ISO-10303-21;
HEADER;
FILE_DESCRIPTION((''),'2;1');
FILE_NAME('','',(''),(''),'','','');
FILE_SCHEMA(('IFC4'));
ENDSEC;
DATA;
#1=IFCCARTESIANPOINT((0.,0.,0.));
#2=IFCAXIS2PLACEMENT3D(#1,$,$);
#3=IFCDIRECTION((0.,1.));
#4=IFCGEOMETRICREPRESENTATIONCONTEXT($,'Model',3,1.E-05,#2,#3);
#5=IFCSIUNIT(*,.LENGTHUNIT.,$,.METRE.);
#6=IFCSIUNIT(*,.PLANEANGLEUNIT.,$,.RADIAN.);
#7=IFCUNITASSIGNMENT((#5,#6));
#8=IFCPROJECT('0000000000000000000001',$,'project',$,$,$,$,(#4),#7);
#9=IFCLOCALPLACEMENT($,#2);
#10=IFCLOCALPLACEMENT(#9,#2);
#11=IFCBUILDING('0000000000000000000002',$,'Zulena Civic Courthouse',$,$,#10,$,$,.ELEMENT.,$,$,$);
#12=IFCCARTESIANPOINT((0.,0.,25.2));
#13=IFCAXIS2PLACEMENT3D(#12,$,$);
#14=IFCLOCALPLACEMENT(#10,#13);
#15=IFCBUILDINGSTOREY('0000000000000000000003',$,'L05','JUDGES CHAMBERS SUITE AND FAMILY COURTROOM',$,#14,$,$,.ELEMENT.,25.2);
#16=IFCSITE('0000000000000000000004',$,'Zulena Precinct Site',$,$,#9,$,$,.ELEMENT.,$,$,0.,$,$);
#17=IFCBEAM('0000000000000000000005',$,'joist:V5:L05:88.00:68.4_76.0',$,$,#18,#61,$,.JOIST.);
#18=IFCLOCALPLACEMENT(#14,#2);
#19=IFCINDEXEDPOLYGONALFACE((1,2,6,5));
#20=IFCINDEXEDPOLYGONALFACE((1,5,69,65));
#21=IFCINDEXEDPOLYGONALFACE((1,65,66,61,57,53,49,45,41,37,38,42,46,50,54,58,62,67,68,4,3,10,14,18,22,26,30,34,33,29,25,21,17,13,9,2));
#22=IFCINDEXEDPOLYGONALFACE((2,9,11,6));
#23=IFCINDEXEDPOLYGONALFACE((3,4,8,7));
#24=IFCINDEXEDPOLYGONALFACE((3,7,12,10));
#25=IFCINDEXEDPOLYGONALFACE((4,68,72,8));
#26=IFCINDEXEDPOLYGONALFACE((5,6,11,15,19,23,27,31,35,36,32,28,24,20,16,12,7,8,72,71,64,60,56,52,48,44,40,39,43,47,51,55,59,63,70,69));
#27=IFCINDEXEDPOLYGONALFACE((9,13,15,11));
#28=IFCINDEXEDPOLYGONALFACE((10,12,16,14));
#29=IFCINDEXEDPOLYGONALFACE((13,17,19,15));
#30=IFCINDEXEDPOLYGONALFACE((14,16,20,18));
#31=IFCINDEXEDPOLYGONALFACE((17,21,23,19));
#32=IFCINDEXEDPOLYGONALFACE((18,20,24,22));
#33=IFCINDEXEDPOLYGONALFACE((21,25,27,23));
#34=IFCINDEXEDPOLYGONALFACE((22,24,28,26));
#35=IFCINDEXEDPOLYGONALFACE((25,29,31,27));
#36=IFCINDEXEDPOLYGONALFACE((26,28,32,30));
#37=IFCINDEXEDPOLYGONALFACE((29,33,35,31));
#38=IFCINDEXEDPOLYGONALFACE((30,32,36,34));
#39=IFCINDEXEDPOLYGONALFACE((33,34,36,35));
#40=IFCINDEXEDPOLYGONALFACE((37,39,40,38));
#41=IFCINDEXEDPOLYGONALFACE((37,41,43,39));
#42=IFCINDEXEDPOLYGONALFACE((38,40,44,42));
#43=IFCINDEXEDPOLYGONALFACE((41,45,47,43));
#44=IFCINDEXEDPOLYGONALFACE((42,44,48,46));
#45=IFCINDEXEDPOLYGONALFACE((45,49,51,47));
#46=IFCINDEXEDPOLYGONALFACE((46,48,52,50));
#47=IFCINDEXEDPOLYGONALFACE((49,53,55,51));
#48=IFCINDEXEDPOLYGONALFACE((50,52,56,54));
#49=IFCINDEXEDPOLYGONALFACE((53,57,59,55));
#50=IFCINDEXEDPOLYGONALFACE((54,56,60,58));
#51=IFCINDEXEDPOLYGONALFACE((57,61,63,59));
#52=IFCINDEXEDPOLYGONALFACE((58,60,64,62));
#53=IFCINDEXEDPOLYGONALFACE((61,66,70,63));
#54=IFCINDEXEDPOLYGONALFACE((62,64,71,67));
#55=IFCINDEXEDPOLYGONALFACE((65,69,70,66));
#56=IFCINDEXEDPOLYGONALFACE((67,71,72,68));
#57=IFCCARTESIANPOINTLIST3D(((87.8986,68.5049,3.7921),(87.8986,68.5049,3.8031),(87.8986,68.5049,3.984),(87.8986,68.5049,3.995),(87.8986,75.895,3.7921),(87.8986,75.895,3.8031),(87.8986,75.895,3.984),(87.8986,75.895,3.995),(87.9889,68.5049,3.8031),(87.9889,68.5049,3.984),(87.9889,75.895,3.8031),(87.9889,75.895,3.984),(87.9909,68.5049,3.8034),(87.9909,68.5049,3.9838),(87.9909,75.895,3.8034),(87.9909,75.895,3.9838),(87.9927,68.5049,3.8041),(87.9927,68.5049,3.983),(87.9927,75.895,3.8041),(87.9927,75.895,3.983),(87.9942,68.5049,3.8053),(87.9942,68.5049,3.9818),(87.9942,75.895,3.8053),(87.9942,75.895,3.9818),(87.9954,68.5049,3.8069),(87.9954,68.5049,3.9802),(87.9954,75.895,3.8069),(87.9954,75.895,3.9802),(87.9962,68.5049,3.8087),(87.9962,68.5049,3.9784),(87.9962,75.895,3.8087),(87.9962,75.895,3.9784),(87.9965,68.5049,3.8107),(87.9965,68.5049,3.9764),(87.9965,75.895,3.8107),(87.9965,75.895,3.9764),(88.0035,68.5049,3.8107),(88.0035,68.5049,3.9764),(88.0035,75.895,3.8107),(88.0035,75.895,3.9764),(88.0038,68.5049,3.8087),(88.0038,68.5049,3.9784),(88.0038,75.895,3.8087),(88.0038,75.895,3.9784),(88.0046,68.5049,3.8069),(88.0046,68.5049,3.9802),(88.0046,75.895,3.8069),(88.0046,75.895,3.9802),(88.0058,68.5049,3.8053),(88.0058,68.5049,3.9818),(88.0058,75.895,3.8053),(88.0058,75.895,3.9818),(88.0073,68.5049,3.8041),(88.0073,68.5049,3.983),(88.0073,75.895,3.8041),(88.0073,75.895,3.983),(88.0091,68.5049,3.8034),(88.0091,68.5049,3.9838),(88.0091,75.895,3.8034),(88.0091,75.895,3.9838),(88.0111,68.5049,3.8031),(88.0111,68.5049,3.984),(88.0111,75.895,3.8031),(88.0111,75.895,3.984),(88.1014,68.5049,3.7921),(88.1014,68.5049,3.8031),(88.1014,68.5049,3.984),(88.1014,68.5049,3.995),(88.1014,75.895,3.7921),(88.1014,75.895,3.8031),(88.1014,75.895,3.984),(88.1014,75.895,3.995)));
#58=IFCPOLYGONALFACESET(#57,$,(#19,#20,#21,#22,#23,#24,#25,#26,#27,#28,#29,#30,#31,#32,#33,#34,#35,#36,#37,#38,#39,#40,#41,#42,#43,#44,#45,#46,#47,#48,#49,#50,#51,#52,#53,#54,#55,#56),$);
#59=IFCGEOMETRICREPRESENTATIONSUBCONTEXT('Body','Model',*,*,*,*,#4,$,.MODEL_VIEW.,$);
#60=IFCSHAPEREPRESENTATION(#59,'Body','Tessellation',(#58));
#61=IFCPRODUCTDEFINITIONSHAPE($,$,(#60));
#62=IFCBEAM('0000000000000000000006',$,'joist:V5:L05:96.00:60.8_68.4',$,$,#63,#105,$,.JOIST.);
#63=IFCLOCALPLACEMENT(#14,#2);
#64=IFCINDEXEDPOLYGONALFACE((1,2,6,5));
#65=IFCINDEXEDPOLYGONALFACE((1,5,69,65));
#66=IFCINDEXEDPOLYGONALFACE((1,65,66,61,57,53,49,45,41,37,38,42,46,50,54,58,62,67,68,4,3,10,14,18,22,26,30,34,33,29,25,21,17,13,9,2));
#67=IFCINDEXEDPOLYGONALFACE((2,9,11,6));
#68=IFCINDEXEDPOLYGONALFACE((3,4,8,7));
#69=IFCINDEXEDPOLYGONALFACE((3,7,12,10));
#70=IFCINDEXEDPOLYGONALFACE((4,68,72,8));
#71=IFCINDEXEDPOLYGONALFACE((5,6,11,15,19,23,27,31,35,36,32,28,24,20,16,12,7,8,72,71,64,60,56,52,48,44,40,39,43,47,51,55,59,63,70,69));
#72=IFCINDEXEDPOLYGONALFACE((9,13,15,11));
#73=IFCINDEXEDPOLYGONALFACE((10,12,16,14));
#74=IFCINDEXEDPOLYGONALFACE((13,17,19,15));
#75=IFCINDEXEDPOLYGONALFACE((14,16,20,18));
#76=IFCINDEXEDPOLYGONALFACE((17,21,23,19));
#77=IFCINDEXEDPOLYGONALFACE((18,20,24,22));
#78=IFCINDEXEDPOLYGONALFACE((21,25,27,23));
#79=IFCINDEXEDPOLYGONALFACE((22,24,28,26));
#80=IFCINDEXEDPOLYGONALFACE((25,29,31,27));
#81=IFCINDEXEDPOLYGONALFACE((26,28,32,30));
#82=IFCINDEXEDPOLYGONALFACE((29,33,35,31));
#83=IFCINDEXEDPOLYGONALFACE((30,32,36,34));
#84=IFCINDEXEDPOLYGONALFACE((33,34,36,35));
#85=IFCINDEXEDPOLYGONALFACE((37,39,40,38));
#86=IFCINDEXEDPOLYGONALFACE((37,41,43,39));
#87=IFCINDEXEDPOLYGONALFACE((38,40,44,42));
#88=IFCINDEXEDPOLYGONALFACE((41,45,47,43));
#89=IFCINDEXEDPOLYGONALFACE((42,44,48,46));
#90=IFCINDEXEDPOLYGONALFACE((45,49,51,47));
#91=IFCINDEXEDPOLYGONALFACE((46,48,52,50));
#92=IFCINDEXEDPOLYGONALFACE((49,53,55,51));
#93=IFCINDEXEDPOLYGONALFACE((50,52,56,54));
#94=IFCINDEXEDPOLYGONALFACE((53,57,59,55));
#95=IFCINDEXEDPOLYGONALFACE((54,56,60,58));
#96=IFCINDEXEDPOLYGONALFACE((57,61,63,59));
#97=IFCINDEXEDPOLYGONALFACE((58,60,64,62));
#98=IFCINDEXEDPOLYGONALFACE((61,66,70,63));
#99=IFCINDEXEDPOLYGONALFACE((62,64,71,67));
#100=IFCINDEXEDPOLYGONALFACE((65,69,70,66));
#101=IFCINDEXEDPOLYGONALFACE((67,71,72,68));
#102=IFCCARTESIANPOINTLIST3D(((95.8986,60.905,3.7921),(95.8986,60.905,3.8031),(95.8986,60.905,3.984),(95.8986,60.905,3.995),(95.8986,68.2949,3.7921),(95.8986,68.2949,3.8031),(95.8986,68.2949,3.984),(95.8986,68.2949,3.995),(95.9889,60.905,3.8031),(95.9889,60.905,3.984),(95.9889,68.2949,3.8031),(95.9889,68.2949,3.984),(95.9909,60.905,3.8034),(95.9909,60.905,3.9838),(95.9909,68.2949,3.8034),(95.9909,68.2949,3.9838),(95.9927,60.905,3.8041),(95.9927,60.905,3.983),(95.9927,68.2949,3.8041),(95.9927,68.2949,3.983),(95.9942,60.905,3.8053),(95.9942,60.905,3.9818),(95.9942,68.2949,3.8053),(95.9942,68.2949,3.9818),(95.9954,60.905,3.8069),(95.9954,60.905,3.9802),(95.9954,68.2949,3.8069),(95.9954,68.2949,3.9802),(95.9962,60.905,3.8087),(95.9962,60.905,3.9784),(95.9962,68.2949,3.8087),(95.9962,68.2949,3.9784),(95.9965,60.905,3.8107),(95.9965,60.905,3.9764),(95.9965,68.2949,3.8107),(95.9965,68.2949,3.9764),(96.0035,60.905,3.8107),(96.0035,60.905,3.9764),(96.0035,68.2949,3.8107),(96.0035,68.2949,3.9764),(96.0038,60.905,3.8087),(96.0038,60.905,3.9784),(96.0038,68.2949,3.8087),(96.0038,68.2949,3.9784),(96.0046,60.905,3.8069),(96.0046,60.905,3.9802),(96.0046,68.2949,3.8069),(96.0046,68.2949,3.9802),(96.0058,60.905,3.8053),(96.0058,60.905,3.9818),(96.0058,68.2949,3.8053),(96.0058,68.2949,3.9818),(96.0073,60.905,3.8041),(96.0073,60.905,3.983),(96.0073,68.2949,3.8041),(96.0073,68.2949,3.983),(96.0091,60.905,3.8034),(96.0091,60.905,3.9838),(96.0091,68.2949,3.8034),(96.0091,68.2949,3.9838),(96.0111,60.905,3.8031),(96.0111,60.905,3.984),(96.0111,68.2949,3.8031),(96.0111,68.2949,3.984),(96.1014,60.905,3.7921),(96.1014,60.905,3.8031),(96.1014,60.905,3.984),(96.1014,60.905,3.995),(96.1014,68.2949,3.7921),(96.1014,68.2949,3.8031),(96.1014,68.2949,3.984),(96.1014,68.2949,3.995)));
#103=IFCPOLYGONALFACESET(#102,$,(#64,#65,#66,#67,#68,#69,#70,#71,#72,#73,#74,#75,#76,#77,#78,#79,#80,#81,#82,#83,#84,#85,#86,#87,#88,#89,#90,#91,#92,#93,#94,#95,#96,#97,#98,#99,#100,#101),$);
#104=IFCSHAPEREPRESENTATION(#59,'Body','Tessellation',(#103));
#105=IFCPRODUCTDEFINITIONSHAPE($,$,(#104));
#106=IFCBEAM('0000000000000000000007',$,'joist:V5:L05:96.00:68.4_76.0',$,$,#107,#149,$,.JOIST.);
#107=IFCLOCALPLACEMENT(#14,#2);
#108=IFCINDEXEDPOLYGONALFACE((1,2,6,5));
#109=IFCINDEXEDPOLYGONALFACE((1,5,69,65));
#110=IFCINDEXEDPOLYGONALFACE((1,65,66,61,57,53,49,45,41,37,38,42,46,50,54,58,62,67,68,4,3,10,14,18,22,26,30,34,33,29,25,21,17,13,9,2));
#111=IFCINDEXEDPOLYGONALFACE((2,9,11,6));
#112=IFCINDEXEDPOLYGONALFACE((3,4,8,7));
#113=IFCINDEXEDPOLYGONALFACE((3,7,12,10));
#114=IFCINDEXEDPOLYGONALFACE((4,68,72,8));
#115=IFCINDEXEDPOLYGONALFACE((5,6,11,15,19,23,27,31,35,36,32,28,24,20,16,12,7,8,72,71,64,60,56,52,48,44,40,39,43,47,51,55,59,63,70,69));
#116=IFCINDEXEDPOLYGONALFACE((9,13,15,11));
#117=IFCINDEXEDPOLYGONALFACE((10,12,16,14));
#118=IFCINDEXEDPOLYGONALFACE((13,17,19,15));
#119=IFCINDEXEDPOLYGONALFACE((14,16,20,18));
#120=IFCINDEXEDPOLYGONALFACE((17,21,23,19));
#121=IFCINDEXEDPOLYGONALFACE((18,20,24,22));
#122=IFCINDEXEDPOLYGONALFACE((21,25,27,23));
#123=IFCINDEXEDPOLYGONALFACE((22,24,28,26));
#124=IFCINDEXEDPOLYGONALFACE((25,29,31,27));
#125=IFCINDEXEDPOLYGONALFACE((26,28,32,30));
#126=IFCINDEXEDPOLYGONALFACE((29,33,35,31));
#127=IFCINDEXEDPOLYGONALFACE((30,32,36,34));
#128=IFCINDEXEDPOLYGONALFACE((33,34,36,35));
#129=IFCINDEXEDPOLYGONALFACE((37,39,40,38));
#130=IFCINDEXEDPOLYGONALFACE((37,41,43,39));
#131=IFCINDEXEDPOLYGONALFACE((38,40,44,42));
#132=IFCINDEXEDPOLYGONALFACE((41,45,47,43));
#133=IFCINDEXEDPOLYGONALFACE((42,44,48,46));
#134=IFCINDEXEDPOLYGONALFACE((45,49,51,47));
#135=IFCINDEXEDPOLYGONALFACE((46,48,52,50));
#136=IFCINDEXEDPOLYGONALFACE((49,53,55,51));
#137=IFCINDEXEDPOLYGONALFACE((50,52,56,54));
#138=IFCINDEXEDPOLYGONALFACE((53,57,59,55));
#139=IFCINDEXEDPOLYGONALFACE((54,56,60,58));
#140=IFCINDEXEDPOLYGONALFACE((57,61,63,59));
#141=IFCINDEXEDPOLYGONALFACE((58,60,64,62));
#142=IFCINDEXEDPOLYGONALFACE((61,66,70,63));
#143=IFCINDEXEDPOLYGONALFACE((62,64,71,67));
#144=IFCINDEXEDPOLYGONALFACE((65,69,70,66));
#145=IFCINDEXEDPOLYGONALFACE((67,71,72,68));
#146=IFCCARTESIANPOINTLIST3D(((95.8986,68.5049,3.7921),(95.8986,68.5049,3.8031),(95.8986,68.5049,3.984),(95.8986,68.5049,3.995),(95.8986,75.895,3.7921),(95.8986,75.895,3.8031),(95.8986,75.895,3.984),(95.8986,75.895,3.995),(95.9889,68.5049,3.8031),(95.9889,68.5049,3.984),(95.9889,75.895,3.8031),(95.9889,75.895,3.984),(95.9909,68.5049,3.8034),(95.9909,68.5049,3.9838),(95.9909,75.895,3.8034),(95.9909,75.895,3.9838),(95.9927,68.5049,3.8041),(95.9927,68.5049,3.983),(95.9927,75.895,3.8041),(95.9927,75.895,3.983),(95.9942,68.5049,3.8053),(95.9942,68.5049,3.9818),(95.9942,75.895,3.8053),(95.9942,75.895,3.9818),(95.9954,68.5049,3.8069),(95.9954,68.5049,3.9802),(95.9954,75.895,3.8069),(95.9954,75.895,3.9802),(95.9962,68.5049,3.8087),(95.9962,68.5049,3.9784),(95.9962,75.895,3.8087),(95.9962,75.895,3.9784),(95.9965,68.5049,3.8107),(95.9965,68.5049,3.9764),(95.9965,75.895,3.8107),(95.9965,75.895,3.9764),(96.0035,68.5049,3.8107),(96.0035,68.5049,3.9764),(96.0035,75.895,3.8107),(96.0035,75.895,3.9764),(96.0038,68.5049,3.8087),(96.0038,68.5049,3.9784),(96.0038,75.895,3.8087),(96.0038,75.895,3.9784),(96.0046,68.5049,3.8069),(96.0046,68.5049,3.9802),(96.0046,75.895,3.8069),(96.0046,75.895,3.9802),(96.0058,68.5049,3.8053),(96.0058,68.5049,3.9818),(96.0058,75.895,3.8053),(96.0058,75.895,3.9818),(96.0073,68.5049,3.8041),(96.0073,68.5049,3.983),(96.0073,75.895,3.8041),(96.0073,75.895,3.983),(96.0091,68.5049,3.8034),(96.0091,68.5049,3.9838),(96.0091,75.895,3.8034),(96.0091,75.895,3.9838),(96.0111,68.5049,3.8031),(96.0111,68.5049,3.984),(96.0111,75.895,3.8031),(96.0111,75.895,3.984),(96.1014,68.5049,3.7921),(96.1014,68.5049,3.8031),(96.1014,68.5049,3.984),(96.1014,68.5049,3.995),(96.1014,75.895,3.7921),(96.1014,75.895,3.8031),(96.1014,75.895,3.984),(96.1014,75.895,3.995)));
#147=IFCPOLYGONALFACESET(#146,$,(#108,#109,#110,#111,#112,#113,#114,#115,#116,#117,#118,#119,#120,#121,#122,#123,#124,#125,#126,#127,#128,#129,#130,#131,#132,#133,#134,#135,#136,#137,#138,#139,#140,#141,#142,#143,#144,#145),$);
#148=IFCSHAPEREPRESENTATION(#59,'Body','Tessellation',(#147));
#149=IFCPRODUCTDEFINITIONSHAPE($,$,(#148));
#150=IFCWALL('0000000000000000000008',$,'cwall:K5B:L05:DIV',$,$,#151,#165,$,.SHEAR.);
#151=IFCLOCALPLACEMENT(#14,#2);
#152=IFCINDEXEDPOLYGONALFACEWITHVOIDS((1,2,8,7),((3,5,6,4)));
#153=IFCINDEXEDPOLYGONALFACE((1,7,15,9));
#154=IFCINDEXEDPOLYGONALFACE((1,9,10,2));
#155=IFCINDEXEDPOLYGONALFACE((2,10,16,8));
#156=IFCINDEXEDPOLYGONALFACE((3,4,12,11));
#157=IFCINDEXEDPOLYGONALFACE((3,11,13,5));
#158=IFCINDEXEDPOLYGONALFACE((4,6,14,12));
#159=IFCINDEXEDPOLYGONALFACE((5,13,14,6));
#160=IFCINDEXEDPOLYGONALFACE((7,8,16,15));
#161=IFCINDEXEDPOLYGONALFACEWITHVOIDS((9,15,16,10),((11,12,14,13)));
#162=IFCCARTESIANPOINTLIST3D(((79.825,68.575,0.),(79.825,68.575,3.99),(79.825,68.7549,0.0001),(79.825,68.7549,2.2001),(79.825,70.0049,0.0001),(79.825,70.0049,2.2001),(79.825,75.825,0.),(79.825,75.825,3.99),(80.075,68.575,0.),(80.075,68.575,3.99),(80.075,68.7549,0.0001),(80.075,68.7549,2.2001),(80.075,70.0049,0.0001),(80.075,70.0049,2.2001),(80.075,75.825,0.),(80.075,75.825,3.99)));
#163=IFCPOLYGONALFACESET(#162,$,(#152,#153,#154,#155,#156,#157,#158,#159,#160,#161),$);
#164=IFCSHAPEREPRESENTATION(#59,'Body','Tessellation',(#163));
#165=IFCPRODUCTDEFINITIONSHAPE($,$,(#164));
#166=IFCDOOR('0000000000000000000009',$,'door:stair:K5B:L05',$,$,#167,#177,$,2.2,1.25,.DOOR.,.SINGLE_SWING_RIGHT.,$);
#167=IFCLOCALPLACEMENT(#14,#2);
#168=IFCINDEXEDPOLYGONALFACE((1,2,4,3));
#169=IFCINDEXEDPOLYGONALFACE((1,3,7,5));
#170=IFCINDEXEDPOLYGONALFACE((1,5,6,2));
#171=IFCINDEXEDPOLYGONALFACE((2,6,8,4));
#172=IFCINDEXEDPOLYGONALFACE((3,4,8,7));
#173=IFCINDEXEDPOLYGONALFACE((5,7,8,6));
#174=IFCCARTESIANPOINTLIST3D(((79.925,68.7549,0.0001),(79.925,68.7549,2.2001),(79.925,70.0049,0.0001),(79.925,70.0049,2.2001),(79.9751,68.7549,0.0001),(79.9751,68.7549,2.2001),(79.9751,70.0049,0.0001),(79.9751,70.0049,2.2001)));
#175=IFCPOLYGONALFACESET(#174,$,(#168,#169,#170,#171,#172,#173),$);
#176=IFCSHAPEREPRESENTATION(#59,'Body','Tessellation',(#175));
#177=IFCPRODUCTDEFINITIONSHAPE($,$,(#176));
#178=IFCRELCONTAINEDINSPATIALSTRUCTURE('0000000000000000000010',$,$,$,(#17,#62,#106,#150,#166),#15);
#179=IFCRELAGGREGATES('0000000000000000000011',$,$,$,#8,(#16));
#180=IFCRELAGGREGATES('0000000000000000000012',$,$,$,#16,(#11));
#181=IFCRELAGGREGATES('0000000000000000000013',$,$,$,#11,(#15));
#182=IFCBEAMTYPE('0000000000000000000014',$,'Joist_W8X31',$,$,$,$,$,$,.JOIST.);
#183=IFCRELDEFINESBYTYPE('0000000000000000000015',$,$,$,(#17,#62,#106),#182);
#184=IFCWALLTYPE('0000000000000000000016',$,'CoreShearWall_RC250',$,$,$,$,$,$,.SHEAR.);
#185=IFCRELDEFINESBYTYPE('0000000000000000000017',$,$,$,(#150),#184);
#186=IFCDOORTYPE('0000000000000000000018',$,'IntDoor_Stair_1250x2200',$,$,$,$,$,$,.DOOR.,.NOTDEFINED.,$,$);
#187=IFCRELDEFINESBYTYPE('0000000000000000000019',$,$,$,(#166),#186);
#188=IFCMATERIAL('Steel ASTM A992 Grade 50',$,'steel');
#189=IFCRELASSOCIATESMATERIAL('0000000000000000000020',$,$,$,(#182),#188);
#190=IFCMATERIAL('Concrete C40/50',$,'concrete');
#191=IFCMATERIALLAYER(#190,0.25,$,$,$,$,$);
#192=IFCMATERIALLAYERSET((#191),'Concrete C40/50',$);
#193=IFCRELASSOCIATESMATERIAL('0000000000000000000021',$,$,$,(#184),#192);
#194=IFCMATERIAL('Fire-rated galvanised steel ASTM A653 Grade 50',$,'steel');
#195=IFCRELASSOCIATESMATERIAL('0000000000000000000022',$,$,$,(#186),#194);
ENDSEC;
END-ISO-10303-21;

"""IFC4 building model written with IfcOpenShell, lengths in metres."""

from ifc_helpers import new_model, si_unit, direction, frame, frame_2d, origin, origin_2d, place, context, subcontext, project, spatial, rectangle, i_section, extrude, material, layer, layer_set, material_profile, profile_set, type_object, element, fill, save


model = new_model("IFC4")

# Units and contexts
model_context = context("Model", 3, precision=1e-05, world=origin(), true_north=direction((0.0, 1.0)))
body_context = subcontext(model_context, "Body", "Model", "MODEL_VIEW")
ifc_project = project(units=[si_unit("LENGTHUNIT", "METRE"), si_unit("PLANEANGLEUNIT", "RADIAN")], contexts=[model_context])

# Site, building, storey
site_placement = place(None, origin())
site = spatial("IfcSite", under=ifc_project, at=site_placement, Name="Zulena Precinct Site", CompositionType="ELEMENT", RefElevation=0.0)
building_placement = place(site_placement, origin())
building = spatial("IfcBuilding", under=site, at=building_placement, Name="Zulena Civic Courthouse", CompositionType="ELEMENT")
storey_placement = place(building_placement, frame((0.0, 0.0, 25.2)))
storey = spatial("IfcBuildingStorey", under=building, at=storey_placement, Name="L05", Description="JUDGES CHAMBERS SUITE AND FAMILY COURTROOM", CompositionType="ELEMENT", Elevation=25.2)

# Shared definitions
ifc_material_1 = material(Name="Steel ASTM A992 Grade 50", Category="steel")

# Beams
ifc_material_profile_1 = material_profile(ifc_material_1, i_section(OverallWidth=0.2029, OverallDepth=0.2029, WebThickness=0.0071, FlangeThickness=0.011, FilletRadius=0.0076, at=origin_2d()), Name="W8X31")
ifc_profile_set_1 = profile_set([ifc_material_profile_1], Name="Steel ASTM A992 Grade 50")
beam_type_1 = type_object("IfcBeamType", Name="Joist_W8X31", PredefinedType="JOIST", material=ifc_profile_set_1)
beam_1_placement = place(storey_placement, frame((88.0, 68.5049, 3.8936), z_axis=(0.0, 1.0, 0.0), x_axis=(-1.0, 0.0, 0.0)))
element("IfcBeam", 1, at=beam_1_placement, inside=storey, type_object=beam_type_1, Name="joist:V5:L05:88.00:68.4_76.0", PredefinedType="JOIST", context=body_context, shape_type="SweptSolid", body=[
    extrude(i_section(OverallWidth=0.2029, OverallDepth=0.2029, WebThickness=0.0071, FlangeThickness=0.011, FilletRadius=0.0076, at=origin_2d()), origin(), (0.0, 0.0, 1.0), 7.3901),
])
beam_2_placement = place(storey_placement, frame((96.0, 60.905, 3.8936), z_axis=(0.0, 1.0, 0.0), x_axis=(-1.0, 0.0, 0.0)))
element("IfcBeam", 2, at=beam_2_placement, inside=storey, type_object=beam_type_1, Name="joist:V5:L05:96.00:60.8_68.4", PredefinedType="JOIST", context=body_context, shape_type="SweptSolid", body=[
    extrude(i_section(OverallWidth=0.2029, OverallDepth=0.2029, WebThickness=0.0071, FlangeThickness=0.011, FilletRadius=0.0076, at=origin_2d()), origin(), (0.0, 0.0, 1.0), 7.3899),
])
beam_3_placement = place(storey_placement, frame((96.0, 68.5049, 3.8936), z_axis=(0.0, 1.0, 0.0), x_axis=(-1.0, 0.0, 0.0)))
element("IfcBeam", 3, at=beam_3_placement, inside=storey, type_object=beam_type_1, Name="joist:V5:L05:96.00:68.4_76.0", PredefinedType="JOIST", context=body_context, shape_type="SweptSolid", body=[
    extrude(i_section(OverallWidth=0.2029, OverallDepth=0.2029, WebThickness=0.0071, FlangeThickness=0.011, FilletRadius=0.0076, at=origin_2d()), origin(), (0.0, 0.0, 1.0), 7.3901),
])

# Wall, opening, door
ifc_material_2 = material(Name="Concrete C40/50", Category="concrete")
ifc_layer_1 = layer(ifc_material_2, 0.25)
ifc_layer_set_1 = layer_set([ifc_layer_1], Name="Concrete C40/50")
wall_type_1 = type_object("IfcWallType", Name="CoreShearWall_RC250", PredefinedType="SHEAR", material=ifc_layer_set_1)
wall_1_placement = place(storey_placement, frame((79.95, 68.575, 0.0), z_axis=(0.0, 0.0, 1.0), x_axis=(0.0, 1.0, 0.0)))
wall_1 = element("IfcWall", 4, at=wall_1_placement, inside=storey, type_object=wall_type_1, Name="cwall:K5B:L05:DIV", PredefinedType="SHEAR", context=body_context, shape_type="SweptSolid", body=[
    extrude(rectangle(XDim=7.25, YDim=0.25, at=frame_2d((3.625, 0.0))), origin(), (0.0, 0.0, 1.0), 3.99),
])
opening_1_placement = place(wall_1_placement, frame((0.1799, 0.0, 0.0)))
opening_1 = element("IfcOpeningElement", 5, at=opening_1_placement, cuts=wall_1, PredefinedType="OPENING", context=body_context, shape_type="SweptSolid", body=[
    extrude(rectangle(XDim=1.25, YDim=2.2, at=frame_2d((0.625, 1.1001))), frame((0.0, 0.135, 0.0), z_axis=(0.0, -1.0, 0.0), x_axis=(1.0, 0.0, 0.0)), (0.0, 0.0, 1.0), 0.27),
])
ifc_material_3 = material(Name="Fire-rated galvanised steel ASTM A653 Grade 50", Category="steel")
door_type_1 = type_object("IfcDoorType", Name="IntDoor_Stair_1250x2200", OperationType="NOTDEFINED", PredefinedType="DOOR", material=ifc_material_3)
door_1_placement = place(opening_1_placement, origin())
door_1 = element("IfcDoor", 6, at=door_1_placement, inside=storey, type_object=door_type_1, Name="door:stair:K5B:L05", OperationType="SINGLE_SWING_RIGHT", OverallHeight=2.2, OverallWidth=1.25, PredefinedType="DOOR", context=body_context, shape_type="SweptSolid", body=[
    extrude(rectangle(XDim=1.25, YDim=2.2, at=frame_2d((0.625, 1.1001))), frame((0.0, 0.0249, 0.0), z_axis=(0.0, -1.0, 0.0), x_axis=(1.0, 0.0, 0.0)), (0.0, 0.0, 1.0), 0.05),
])
fill(opening_1, door_1)

save(model, "model.ifc")
